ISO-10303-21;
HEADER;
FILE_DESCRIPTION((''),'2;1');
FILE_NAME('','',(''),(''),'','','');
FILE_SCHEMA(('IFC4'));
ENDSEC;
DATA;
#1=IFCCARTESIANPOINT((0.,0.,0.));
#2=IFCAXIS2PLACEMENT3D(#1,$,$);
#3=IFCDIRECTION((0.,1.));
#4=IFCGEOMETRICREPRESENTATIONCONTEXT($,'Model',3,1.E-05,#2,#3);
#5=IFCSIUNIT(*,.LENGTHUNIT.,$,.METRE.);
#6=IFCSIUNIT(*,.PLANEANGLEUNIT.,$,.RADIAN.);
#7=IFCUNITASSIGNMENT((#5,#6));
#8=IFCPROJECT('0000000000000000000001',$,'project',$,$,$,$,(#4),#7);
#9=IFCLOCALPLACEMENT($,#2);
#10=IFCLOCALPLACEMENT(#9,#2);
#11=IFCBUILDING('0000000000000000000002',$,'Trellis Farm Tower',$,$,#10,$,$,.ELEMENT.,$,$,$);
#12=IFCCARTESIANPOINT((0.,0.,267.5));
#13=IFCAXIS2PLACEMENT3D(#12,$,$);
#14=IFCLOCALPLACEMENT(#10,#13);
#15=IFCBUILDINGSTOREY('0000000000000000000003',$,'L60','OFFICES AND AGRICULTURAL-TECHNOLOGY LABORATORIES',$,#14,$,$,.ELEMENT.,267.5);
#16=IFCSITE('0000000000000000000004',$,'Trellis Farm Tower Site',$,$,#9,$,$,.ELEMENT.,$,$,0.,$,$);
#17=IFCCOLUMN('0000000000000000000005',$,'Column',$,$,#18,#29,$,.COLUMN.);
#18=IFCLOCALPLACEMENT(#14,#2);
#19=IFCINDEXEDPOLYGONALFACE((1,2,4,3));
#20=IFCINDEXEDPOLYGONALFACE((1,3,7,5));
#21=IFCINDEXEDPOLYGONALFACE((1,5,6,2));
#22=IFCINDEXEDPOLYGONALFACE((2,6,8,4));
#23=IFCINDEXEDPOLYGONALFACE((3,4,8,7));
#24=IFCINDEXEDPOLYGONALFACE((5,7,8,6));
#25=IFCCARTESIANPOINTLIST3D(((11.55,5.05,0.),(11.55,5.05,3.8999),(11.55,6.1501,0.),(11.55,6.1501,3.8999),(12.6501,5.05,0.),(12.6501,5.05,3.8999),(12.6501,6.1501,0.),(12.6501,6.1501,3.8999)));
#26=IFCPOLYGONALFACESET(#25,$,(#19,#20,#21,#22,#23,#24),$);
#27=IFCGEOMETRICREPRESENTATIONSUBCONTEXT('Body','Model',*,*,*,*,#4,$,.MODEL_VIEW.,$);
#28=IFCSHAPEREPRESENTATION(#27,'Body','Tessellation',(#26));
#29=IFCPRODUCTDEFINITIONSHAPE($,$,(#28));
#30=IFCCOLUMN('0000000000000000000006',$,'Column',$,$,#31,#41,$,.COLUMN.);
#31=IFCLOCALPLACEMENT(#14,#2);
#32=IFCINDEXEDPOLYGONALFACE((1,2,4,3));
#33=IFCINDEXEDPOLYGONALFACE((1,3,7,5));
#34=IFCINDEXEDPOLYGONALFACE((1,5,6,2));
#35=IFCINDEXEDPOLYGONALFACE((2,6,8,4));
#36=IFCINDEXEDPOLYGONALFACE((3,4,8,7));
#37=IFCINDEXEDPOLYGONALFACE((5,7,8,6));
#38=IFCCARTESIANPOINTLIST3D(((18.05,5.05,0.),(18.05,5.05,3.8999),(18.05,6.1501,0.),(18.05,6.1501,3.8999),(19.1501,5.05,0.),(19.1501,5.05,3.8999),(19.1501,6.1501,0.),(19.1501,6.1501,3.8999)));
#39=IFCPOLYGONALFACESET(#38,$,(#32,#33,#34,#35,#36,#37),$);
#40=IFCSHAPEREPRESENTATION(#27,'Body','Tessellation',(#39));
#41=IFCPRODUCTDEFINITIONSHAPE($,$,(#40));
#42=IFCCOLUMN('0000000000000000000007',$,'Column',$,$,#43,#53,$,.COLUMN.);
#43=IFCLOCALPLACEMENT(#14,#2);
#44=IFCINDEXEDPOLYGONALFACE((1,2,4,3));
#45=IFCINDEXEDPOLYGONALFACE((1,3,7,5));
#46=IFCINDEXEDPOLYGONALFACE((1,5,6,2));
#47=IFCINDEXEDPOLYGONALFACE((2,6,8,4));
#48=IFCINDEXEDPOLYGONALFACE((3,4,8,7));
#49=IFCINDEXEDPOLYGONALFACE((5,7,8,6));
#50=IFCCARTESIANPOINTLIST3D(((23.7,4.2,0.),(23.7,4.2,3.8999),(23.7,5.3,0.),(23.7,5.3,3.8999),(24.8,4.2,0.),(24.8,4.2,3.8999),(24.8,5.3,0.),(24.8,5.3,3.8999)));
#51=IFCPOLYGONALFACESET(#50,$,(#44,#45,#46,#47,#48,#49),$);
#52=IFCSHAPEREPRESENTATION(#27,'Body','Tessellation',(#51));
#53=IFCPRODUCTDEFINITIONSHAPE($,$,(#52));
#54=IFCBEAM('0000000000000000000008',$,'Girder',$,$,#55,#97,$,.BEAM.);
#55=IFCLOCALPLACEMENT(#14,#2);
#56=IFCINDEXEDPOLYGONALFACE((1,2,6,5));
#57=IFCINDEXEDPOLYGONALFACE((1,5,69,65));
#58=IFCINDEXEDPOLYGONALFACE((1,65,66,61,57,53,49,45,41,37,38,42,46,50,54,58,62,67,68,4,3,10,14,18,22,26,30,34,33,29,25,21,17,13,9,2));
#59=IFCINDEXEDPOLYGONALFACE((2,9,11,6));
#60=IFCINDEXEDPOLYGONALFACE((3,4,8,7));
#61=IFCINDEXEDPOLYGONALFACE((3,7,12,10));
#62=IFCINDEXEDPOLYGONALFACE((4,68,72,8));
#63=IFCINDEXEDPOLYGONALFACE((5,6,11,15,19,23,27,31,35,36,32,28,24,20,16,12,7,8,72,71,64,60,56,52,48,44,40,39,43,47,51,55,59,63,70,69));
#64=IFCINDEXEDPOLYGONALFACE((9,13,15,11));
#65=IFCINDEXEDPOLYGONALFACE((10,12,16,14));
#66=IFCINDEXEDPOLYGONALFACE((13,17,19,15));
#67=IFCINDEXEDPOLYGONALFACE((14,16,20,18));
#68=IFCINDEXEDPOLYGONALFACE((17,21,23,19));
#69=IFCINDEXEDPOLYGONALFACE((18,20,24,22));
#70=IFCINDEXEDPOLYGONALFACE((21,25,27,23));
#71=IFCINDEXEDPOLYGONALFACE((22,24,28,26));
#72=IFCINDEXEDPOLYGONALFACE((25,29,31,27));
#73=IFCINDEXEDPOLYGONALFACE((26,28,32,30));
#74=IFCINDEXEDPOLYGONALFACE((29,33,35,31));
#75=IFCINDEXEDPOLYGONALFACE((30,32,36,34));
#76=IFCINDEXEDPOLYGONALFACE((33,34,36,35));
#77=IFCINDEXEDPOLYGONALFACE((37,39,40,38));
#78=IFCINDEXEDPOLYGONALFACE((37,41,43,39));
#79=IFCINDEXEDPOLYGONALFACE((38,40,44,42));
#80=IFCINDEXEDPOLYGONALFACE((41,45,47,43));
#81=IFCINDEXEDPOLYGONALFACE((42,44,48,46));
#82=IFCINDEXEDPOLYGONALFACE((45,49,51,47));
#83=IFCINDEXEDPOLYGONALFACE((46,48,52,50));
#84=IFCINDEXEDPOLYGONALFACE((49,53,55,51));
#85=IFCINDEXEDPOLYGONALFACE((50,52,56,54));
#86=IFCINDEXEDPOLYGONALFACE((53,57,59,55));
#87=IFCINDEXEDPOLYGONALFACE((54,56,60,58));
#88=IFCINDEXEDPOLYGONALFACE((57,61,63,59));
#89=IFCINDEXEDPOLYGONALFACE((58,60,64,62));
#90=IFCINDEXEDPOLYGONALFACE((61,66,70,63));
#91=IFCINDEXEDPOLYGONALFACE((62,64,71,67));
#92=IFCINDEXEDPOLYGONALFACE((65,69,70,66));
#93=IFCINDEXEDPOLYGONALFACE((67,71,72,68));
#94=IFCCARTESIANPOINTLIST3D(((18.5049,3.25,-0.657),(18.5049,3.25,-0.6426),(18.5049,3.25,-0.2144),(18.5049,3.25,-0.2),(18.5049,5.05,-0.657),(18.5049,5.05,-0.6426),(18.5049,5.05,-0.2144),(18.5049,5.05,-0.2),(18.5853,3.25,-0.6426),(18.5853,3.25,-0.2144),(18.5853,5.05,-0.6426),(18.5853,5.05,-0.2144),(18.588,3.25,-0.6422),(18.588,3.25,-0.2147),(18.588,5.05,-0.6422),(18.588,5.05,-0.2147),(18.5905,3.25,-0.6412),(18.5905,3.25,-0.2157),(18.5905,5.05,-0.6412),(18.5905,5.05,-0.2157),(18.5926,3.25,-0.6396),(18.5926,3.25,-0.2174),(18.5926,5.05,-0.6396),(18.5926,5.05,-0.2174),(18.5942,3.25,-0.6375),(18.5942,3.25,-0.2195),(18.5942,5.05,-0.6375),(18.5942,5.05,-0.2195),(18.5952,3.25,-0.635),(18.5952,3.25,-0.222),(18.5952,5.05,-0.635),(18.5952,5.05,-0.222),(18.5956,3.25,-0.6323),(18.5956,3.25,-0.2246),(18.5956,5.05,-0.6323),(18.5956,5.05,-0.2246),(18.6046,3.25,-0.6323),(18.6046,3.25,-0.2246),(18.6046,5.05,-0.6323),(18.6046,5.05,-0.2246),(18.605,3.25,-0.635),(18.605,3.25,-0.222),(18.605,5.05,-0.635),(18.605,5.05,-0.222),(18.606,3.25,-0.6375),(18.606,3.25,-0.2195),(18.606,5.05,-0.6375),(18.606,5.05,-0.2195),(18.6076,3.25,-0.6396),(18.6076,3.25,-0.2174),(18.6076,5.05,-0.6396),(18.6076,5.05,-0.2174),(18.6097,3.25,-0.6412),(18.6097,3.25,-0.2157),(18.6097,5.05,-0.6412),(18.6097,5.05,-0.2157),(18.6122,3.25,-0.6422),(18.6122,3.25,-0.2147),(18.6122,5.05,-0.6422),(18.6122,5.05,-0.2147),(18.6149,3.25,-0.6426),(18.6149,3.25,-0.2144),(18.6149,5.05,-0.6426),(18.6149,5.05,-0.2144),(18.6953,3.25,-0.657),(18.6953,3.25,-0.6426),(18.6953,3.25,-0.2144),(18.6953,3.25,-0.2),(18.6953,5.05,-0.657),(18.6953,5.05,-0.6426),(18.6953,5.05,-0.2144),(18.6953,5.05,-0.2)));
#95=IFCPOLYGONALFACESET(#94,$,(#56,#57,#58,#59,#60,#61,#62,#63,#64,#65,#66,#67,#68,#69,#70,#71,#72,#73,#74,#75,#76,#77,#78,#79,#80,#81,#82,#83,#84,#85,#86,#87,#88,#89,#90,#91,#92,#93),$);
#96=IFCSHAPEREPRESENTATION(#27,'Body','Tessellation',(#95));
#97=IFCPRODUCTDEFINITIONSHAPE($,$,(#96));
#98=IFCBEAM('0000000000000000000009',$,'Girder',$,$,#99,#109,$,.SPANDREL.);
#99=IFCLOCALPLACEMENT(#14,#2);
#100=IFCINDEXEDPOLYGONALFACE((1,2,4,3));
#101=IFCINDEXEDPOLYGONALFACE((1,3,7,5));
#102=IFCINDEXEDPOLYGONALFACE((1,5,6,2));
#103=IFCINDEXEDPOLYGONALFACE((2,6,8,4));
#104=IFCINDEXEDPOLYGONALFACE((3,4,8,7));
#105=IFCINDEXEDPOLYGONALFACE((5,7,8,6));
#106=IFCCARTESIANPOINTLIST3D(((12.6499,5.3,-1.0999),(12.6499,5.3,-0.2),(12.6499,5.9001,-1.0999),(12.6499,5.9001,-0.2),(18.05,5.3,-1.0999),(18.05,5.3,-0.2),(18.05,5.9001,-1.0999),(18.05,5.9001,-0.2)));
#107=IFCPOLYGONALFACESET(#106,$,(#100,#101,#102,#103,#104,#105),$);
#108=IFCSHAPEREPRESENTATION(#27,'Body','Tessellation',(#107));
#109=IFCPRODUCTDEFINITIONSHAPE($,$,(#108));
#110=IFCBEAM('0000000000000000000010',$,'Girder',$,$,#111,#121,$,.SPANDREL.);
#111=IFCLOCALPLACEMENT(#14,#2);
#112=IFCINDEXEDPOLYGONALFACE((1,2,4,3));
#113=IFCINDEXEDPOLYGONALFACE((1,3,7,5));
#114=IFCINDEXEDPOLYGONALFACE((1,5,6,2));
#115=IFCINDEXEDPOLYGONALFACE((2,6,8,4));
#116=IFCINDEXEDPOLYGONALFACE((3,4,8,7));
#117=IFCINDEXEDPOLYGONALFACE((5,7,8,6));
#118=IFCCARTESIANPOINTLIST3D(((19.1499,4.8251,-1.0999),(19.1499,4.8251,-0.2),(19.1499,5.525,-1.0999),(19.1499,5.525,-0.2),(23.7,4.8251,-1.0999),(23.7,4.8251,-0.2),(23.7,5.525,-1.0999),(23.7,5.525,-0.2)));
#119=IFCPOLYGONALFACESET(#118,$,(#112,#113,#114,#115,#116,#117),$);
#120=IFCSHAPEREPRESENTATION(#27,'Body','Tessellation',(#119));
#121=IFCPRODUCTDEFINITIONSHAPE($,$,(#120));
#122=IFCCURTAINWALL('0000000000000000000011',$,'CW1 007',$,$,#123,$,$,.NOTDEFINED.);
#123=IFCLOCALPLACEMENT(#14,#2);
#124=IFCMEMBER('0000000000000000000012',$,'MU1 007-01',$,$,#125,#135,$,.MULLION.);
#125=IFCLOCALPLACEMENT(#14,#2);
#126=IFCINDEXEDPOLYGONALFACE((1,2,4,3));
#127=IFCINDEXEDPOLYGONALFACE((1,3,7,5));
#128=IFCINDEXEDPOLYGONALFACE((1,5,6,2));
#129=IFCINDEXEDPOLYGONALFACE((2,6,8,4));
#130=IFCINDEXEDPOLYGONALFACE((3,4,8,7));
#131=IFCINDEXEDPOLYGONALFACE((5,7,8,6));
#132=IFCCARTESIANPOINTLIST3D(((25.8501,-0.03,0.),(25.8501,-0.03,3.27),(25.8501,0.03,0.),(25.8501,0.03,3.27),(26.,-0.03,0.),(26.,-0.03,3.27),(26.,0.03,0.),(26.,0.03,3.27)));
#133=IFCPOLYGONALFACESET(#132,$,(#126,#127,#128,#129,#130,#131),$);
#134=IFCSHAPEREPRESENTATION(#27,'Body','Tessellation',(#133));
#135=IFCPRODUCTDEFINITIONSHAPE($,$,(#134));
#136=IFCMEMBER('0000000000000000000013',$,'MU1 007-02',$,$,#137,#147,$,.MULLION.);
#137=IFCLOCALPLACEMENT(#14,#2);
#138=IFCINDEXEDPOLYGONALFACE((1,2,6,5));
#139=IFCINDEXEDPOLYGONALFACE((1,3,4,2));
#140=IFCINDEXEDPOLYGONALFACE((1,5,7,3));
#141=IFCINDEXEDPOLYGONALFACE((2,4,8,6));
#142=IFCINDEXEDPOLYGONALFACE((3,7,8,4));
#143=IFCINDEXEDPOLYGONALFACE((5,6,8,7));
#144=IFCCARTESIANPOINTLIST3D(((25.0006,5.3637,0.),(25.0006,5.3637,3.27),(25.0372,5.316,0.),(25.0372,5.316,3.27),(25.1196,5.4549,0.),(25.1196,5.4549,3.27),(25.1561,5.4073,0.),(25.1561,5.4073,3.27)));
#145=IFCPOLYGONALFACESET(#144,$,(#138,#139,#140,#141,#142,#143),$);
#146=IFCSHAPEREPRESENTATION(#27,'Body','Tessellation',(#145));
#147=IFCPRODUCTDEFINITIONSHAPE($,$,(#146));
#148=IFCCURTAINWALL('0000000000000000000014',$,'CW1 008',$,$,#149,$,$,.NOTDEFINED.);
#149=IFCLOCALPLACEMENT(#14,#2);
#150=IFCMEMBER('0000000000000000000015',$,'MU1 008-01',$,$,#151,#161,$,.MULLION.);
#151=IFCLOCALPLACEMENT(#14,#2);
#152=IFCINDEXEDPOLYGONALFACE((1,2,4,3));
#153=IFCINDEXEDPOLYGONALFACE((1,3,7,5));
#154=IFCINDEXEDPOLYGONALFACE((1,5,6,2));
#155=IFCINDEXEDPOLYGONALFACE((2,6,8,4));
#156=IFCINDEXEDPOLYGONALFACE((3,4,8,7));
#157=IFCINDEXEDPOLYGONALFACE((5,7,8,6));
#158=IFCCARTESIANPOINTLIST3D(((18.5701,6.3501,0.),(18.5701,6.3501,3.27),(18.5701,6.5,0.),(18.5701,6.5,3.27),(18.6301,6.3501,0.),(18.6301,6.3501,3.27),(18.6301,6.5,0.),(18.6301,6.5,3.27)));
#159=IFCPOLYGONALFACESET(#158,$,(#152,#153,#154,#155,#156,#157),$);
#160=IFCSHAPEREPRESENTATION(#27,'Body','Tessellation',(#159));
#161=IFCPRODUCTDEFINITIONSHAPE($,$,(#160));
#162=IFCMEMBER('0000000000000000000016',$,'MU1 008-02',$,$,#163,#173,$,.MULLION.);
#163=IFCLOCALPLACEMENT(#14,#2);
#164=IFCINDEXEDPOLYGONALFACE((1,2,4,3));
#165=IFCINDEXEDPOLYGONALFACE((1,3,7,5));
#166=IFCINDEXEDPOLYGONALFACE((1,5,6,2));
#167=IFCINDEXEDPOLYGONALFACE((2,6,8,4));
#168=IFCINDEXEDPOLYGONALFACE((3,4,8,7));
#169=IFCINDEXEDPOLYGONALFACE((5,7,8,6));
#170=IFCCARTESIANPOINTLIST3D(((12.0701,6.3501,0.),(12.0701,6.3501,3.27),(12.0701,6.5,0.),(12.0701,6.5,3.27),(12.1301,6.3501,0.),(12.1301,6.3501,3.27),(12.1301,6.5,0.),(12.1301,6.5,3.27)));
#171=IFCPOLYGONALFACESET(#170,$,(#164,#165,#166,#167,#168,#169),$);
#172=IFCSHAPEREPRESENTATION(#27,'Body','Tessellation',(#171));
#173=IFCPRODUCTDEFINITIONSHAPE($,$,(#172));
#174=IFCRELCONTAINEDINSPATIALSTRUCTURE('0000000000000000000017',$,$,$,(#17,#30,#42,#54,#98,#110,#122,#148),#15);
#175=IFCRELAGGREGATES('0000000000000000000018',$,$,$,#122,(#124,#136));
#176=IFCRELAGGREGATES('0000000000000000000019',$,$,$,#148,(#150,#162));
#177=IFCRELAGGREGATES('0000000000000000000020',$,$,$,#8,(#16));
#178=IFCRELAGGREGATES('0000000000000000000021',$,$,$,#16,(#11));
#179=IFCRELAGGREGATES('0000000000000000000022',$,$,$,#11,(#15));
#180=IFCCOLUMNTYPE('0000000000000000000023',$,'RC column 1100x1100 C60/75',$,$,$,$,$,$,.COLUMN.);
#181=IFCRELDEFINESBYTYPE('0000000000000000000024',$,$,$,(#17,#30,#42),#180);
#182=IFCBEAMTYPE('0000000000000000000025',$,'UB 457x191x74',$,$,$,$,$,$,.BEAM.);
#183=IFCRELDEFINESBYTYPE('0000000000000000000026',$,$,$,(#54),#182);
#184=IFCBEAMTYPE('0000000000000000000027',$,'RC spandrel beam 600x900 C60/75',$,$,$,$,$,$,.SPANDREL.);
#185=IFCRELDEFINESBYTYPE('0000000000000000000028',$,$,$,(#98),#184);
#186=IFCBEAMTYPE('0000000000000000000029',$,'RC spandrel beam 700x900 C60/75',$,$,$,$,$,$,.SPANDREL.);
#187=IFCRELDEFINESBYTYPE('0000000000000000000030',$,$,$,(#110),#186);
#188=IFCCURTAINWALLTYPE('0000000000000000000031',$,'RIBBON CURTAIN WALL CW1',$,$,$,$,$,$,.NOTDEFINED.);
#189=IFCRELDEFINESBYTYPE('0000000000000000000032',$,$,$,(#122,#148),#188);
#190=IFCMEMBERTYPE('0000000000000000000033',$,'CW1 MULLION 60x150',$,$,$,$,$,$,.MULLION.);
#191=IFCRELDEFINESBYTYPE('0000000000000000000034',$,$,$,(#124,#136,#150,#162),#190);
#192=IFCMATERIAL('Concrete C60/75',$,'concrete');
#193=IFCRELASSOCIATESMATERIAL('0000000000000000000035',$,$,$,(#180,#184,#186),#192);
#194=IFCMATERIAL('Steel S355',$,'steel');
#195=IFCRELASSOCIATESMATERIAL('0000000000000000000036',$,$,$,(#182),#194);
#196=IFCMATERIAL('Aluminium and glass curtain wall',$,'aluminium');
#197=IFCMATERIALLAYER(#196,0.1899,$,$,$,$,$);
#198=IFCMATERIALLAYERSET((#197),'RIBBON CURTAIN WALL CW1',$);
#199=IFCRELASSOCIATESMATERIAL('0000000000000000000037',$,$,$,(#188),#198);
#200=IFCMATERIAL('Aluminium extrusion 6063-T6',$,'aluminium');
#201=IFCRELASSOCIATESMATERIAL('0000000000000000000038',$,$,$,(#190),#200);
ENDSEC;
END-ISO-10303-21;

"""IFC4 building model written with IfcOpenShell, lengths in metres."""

from ifc_helpers import new_model, si_unit, direction, frame, origin, origin_2d, place, context, subcontext, project, spatial, rectangle, i_section, extrude, source, transform, mapped, material, layer, layer_set, material_profile, profile_set, type_object, element, aggregate, save


model = new_model("IFC4")

# Units and contexts
model_context = context("Model", 3, precision=1e-05, world=origin(), true_north=direction((0.0, 1.0)))
body_context = subcontext(model_context, "Body", "Model", "MODEL_VIEW")
ifc_project = project(units=[si_unit("LENGTHUNIT", "METRE"), si_unit("PLANEANGLEUNIT", "RADIAN")], contexts=[model_context])

# Site, building, storey
site_placement = place(None, origin())
site = spatial("IfcSite", under=ifc_project, at=site_placement, Name="Trellis Farm Tower Site", CompositionType="ELEMENT", RefElevation=0.0)
building_placement = place(site_placement, origin())
building = spatial("IfcBuilding", under=site, at=building_placement, Name="Trellis Farm Tower", CompositionType="ELEMENT")
storey_placement = place(building_placement, frame((0.0, 0.0, 267.5)))
storey = spatial("IfcBuildingStorey", under=building, at=storey_placement, Name="L60", Description="OFFICES AND AGRICULTURAL-TECHNOLOGY LABORATORIES", CompositionType="ELEMENT", Elevation=267.5)

# Columns
ifc_material_1 = material(Name="Concrete C60/75", Category="concrete")
ifc_material_profile_1 = material_profile(ifc_material_1, rectangle(XDim=1.1001, YDim=1.1001, at=origin_2d()), Name="RC column 1100x1100 C60/75")
ifc_profile_set_1 = profile_set([ifc_material_profile_1], Name="Concrete C60/75")
column_type = type_object("IfcColumnType", Name="RC column 1100x1100 C60/75", PredefinedType="COLUMN", material=ifc_profile_set_1)
shared_shape_1 = source(origin(), body_context, "Body", "SweptSolid", [
    extrude(rectangle(XDim=1.1001, YDim=1.1001, at=origin_2d()), origin(), (0.0, 0.0, 1.0), 3.8999),
])
for number, where, z_axis, x_axis, name in (
    (1, (12.1001, 5.6001, 0.0), (0.0, 0.0, 1.0), (1.0, 0.0, 0.0), "Column"),
    (2, (18.6001, 5.6001, 0.0), (0.0, 0.0, 1.0), (1.0, 0.0, 0.0), "Column"),
    (3, (24.25, 4.75, 0.0), (0.0, 0.0, 1.0), (1.0, 0.0, 0.0), "Column"),
):
    element("IfcColumn", number, at=place(storey_placement, frame(where, z_axis=z_axis, x_axis=x_axis)), inside=storey, type_object=column_type, Name=name, PredefinedType="COLUMN", context=body_context, shape_type="MappedRepresentation", body=[
        mapped(shared_shape_1, transform((0.0, 0.0, 0.0))),
    ])

# Beams
ifc_material_2 = material(Name="Steel S355", Category="steel")
ifc_material_profile_2 = material_profile(ifc_material_2, i_section(OverallWidth=0.1904, OverallDepth=0.457, WebThickness=0.009, FlangeThickness=0.0144, FilletRadius=0.0103, at=origin_2d()), Name="UB 457x191x74")
ifc_profile_set_2 = profile_set([ifc_material_profile_2], Name="Steel S355")
beam_type_1 = type_object("IfcBeamType", Name="UB 457x191x74", PredefinedType="BEAM", material=ifc_profile_set_2)
shared_shape_2 = source(origin(), body_context, "Body", "SweptSolid", [
    extrude(i_section(OverallWidth=0.1904, OverallDepth=0.457, WebThickness=0.009, FlangeThickness=0.0144, FilletRadius=0.0103, at=origin_2d()), origin(), (0.0, 0.0, 1.0), 1.8),
])
beam_1_placement = place(storey_placement, frame((18.6001, 3.25, -0.4285), z_axis=(0.0, 1.0, 0.0), x_axis=(-1.0, 0.0, 0.0)))
element("IfcBeam", 4, at=beam_1_placement, inside=storey, type_object=beam_type_1, Name="Girder", PredefinedType="BEAM", context=body_context, shape_type="MappedRepresentation", body=[
    mapped(shared_shape_2, transform((0.0, 0.0, 0.0))),
])
ifc_material_profile_3 = material_profile(ifc_material_1, rectangle(XDim=0.6001, YDim=0.8999, at=origin_2d()), Name="RC spandrel beam 600x900 C60/75")
ifc_profile_set_3 = profile_set([ifc_material_profile_3], Name="Concrete C60/75")
beam_type_2 = type_object("IfcBeamType", Name="RC spandrel beam 600x900 C60/75", PredefinedType="SPANDREL", material=ifc_profile_set_3)
shared_shape_3 = source(origin(), body_context, "Body", "SweptSolid", [
    extrude(rectangle(XDim=0.6001, YDim=0.8999, at=origin_2d()), origin(), (0.0, 0.0, 1.0), 5.4001),
])
beam_2_placement = place(storey_placement, frame((12.6499, 5.6001, -0.6499), z_axis=(1.0, 0.0, 0.0), x_axis=(0.0, 1.0, 0.0)))
element("IfcBeam", 5, at=beam_2_placement, inside=storey, type_object=beam_type_2, Name="Girder", PredefinedType="SPANDREL", context=body_context, shape_type="MappedRepresentation", body=[
    mapped(shared_shape_3, transform((0.0, 0.0, 0.0))),
])
ifc_material_profile_4 = material_profile(ifc_material_1, rectangle(XDim=0.7, YDim=0.8999, at=origin_2d()), Name="RC spandrel beam 700x900 C60/75")
ifc_profile_set_4 = profile_set([ifc_material_profile_4], Name="Concrete C60/75")
beam_type_3 = type_object("IfcBeamType", Name="RC spandrel beam 700x900 C60/75", PredefinedType="SPANDREL", material=ifc_profile_set_4)
shared_shape_4 = source(origin(), body_context, "Body", "SweptSolid", [
    extrude(rectangle(XDim=0.7, YDim=0.8999, at=origin_2d()), origin(), (0.0, 0.0, 1.0), 4.55),
])
beam_3_placement = place(storey_placement, frame((19.1499, 5.175, -0.6499), z_axis=(1.0, 0.0, 0.0), x_axis=(0.0, 1.0, 0.0)))
element("IfcBeam", 6, at=beam_3_placement, inside=storey, type_object=beam_type_3, Name="Girder", PredefinedType="SPANDREL", context=body_context, shape_type="MappedRepresentation", body=[
    mapped(shared_shape_4, transform((0.0, 0.0, 0.0))),
])

# Curtain walls, members
ifc_material_3 = material(Name="Aluminium and glass curtain wall", Category="aluminium")
ifc_layer_1 = layer(ifc_material_3, 0.1899)
ifc_layer_set_1 = layer_set([ifc_layer_1], Name="RIBBON CURTAIN WALL CW1")
curtain_wall_type = type_object("IfcCurtainWallType", Name="RIBBON CURTAIN WALL CW1", PredefinedType="NOTDEFINED", material=ifc_layer_set_1)
placement = place(storey_placement, origin())
curtain_wall_1 = element("IfcCurtainWall", 7, at=placement, inside=storey, type_object=curtain_wall_type, Name="CW1 007", PredefinedType="NOTDEFINED")
ifc_material_4 = material(Name="Aluminium extrusion 6063-T6", Category="aluminium")
ifc_material_profile_5 = material_profile(ifc_material_4, rectangle(XDim=0.0601, YDim=0.1499, at=origin_2d()), Name="MULLION 60x150")
ifc_profile_set_5 = profile_set([ifc_material_profile_5], Name="Aluminium extrusion 6063-T6")
member_type = type_object("IfcMemberType", Name="CW1 MULLION 60x150", PredefinedType="MULLION", material=ifc_profile_set_5)
shared_shape_5 = source(origin(), body_context, "Body", "SweptSolid", [
    extrude(rectangle(XDim=0.0601, YDim=0.1499, at=origin_2d()), origin(), (0.0, 0.0, 1.0), 3.27),
])
member_1_placement = place(storey_placement, frame((25.925, 0.0, 0.0), z_axis=(0.0, 0.0, 1.0), x_axis=(0.0, 1.0, 0.0)))
member_1 = element("IfcMember", 8, at=member_1_placement, type_object=member_type, Name="MU1 007-01", PredefinedType="MULLION", context=body_context, shape_type="MappedRepresentation", body=[
    mapped(shared_shape_5, transform((0.0, 0.0, 0.0))),
])
member_2_placement = place(storey_placement, frame((25.0784, 5.3855, 0.0), z_axis=(0.0, 0.0, 1.0), x_axis=(-0.608761, 0.793353, 0.0)))
member_2 = element("IfcMember", 9, at=member_2_placement, type_object=member_type, Name="MU1 007-02", PredefinedType="MULLION", context=body_context, shape_type="MappedRepresentation", body=[
    mapped(shared_shape_5, transform((0.0, 0.0, 0.0))),
])
aggregate(curtain_wall_1, [member_1, member_2])
curtain_wall_2 = element("IfcCurtainWall", 10, at=placement, inside=storey, type_object=curtain_wall_type, Name="CW1 008", PredefinedType="NOTDEFINED")
member_3_placement = place(storey_placement, frame((18.6001, 6.425, 0.0), z_axis=(0.0, 0.0, 1.0), x_axis=(-1.0, 0.0, 0.0)))
member_3 = element("IfcMember", 11, at=member_3_placement, type_object=member_type, Name="MU1 008-01", PredefinedType="MULLION", context=body_context, shape_type="MappedRepresentation", body=[
    mapped(shared_shape_5, transform((0.0, 0.0, 0.0))),
])
member_4_placement = place(storey_placement, frame((12.1001, 6.425, 0.0), z_axis=(0.0, 0.0, 1.0), x_axis=(-1.0, 0.0, 0.0)))
member_4 = element("IfcMember", 12, at=member_4_placement, type_object=member_type, Name="MU1 008-02", PredefinedType="MULLION", context=body_context, shape_type="MappedRepresentation", body=[
    mapped(shared_shape_5, transform((0.0, 0.0, 0.0))),
])
aggregate(curtain_wall_2, [member_3, member_4])

save(model, "model.ifc")
